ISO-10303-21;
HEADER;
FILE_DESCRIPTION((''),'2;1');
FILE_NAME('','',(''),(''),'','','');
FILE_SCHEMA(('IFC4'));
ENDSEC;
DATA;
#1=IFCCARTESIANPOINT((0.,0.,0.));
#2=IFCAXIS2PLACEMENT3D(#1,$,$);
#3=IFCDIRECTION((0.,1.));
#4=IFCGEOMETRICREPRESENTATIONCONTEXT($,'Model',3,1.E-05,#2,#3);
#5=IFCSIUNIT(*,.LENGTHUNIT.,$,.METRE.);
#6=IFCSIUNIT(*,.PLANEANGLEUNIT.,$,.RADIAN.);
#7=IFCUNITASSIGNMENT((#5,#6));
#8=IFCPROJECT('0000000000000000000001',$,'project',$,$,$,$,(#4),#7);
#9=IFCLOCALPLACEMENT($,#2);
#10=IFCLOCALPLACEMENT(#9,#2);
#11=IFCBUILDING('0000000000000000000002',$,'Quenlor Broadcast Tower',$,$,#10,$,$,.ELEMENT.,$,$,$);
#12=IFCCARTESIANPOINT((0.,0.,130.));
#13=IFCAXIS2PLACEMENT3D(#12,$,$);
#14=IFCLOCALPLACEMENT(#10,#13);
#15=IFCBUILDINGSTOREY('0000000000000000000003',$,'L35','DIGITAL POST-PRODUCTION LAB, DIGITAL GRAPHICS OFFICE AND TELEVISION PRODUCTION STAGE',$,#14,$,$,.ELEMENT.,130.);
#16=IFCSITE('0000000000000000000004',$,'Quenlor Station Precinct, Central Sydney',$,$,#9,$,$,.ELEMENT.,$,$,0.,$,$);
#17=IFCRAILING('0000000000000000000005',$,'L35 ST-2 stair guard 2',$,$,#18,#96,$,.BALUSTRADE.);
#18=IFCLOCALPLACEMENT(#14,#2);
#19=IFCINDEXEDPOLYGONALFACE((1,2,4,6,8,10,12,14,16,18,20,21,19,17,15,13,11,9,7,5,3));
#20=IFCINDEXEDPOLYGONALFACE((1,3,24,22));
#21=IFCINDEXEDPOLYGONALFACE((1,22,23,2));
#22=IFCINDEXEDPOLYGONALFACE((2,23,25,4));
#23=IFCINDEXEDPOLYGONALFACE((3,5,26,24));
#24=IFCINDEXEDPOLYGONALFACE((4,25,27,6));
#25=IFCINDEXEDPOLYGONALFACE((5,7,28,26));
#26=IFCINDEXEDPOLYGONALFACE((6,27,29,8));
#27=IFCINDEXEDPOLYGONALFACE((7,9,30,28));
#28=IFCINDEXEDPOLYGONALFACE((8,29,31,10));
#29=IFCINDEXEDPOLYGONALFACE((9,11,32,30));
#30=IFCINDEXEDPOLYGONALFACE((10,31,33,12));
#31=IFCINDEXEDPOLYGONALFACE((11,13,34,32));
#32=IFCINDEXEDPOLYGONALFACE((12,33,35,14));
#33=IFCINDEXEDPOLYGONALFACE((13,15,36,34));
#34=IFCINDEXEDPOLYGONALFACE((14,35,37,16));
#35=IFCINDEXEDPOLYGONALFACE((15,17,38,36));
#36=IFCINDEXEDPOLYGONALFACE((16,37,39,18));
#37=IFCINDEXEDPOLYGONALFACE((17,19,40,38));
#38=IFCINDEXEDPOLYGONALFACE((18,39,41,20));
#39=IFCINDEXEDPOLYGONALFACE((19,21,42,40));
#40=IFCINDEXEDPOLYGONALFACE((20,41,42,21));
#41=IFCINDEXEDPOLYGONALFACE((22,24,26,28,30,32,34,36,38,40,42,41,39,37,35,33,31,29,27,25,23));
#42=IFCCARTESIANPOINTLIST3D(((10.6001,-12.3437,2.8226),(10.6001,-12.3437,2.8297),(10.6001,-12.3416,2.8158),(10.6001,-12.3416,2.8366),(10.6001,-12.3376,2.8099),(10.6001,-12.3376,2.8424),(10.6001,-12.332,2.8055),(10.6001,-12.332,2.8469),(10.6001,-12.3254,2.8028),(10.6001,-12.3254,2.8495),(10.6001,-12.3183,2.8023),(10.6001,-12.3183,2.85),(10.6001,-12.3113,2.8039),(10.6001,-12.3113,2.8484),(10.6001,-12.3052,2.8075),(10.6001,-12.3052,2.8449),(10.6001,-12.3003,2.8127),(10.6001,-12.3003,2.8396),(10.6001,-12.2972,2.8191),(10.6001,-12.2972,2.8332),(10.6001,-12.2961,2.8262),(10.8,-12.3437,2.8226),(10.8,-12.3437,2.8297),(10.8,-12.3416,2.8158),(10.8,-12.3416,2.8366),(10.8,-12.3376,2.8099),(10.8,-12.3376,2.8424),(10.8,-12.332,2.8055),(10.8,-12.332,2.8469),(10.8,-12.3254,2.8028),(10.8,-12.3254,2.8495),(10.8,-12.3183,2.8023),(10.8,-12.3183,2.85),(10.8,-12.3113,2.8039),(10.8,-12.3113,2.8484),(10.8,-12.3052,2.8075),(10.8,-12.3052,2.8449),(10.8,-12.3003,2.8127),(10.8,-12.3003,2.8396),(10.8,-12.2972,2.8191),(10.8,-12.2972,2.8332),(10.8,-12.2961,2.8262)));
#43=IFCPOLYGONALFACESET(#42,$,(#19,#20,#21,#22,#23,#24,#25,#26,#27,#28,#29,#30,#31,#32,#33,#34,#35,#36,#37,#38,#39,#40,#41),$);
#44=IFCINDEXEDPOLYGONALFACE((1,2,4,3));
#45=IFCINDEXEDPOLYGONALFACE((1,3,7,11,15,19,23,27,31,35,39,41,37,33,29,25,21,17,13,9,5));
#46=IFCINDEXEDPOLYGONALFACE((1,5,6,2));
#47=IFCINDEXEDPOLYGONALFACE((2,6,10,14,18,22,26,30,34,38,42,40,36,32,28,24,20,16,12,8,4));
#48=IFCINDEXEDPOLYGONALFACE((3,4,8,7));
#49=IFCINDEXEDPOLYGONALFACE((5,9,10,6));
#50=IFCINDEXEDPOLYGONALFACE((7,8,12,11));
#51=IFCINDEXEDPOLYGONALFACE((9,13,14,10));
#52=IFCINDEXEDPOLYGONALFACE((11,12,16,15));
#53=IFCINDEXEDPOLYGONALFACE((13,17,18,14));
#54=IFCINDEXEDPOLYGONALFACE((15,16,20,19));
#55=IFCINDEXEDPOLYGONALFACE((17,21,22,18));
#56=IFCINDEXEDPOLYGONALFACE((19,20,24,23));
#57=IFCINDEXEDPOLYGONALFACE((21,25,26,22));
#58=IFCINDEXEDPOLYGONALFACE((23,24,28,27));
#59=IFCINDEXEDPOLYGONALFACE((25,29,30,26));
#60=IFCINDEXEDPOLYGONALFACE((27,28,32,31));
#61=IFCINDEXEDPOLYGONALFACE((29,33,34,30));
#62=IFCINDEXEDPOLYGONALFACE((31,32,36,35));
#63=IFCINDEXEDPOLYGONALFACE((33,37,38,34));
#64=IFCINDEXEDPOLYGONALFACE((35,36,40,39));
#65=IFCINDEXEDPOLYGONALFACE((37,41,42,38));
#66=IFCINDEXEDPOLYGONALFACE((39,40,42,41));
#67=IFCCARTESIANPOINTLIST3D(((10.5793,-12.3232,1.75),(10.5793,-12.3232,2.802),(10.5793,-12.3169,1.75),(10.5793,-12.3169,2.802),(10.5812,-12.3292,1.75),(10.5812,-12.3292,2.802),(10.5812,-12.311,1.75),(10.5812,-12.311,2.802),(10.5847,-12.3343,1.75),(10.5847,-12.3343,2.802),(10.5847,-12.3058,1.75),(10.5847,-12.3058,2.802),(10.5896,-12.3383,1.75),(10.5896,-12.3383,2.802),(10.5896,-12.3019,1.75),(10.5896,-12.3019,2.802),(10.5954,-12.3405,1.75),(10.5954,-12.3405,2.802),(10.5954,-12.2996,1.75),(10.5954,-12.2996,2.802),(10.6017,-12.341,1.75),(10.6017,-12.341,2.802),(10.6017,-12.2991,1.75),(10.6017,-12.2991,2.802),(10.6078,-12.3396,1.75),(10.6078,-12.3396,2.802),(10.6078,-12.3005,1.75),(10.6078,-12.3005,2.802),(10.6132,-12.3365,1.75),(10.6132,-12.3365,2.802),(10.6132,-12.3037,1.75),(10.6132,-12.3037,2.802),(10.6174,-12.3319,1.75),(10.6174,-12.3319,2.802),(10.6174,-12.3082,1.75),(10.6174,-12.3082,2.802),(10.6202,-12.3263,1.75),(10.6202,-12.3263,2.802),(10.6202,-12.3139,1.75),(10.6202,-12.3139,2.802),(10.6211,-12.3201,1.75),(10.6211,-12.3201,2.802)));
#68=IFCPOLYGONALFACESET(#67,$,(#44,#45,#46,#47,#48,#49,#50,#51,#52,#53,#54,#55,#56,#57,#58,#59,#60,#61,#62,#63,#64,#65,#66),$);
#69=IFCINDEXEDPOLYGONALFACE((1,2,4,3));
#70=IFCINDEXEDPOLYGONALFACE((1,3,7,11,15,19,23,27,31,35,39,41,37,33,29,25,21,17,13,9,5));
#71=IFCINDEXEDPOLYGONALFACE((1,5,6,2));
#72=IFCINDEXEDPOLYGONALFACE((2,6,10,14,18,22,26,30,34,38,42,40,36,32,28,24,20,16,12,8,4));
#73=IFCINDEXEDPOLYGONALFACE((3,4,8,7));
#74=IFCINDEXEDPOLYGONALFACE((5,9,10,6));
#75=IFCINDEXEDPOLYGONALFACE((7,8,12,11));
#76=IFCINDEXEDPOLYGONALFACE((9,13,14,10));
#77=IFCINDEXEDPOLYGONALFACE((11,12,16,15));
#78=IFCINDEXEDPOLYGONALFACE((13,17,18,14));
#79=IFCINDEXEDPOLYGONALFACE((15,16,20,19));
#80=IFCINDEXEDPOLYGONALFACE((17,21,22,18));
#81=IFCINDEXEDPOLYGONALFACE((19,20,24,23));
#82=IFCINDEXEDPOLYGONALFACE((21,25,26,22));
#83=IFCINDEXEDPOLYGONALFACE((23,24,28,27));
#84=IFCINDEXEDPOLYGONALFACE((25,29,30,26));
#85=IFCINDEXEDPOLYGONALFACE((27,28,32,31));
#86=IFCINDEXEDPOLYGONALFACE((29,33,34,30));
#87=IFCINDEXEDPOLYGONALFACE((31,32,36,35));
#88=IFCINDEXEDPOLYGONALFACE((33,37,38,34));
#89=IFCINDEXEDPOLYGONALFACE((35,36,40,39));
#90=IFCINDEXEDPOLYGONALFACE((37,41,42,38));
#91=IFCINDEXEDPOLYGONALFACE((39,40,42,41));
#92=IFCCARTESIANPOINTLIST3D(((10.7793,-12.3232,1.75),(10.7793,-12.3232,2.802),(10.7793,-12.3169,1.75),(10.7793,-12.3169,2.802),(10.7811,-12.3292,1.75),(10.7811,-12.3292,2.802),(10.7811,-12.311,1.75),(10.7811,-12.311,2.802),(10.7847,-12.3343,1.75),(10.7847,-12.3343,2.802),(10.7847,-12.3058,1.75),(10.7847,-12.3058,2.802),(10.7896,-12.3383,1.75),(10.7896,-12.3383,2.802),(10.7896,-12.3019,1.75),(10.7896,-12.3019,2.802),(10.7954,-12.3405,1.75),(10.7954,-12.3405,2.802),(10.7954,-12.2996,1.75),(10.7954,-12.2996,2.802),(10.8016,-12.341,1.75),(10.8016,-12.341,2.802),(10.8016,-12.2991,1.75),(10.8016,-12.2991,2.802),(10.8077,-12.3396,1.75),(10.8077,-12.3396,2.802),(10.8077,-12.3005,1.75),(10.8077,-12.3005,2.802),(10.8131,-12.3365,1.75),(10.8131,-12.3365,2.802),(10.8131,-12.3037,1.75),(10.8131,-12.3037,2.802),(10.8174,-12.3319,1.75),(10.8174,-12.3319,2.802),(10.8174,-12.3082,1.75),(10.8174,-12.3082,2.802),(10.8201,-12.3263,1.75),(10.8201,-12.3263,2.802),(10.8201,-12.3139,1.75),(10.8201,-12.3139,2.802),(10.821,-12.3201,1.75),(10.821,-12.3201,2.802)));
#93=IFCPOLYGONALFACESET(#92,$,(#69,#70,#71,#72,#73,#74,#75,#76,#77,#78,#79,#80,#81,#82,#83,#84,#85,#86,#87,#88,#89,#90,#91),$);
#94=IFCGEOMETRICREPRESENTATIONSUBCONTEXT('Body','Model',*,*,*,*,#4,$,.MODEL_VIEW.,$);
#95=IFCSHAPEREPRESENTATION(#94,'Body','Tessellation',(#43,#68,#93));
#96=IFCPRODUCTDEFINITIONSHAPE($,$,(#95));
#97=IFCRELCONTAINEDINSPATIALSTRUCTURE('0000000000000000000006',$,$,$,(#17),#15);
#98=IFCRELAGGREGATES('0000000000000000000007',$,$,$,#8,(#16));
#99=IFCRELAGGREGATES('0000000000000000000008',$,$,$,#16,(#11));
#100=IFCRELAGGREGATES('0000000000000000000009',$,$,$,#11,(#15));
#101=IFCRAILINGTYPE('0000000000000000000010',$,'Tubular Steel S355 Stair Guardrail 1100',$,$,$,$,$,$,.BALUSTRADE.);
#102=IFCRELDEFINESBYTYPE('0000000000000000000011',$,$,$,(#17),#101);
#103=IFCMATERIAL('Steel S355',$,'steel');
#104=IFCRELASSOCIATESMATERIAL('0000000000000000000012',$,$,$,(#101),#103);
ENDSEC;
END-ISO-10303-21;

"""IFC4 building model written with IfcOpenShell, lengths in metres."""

from ifc_helpers import new_model, si_unit, direction, frame, origin, origin_2d, place, context, subcontext, project, spatial, circle, extrude, material, type_object, element, save


model = new_model("IFC4")

# Units and contexts
model_context = context("Model", 3, precision=1e-05, world=origin(), true_north=direction((0.0, 1.0)))
body_context = subcontext(model_context, "Body", "Model", "MODEL_VIEW")
ifc_project = project(units=[si_unit("LENGTHUNIT", "METRE"), si_unit("PLANEANGLEUNIT", "RADIAN")], contexts=[model_context])

# Site, building, storey
site_placement = place(None, origin())
site = spatial("IfcSite", under=ifc_project, at=site_placement, Name="Quenlor Station Precinct, Central Sydney", CompositionType="ELEMENT", RefElevation=0.0)
building_placement = place(site_placement, origin())
building = spatial("IfcBuilding", under=site, at=building_placement, Name="Quenlor Broadcast Tower", CompositionType="ELEMENT")
storey_placement = place(building_placement, frame((0.0, 0.0, 130.0)))
storey = spatial("IfcBuildingStorey", under=building, at=storey_placement, Name="L35", Description="DIGITAL POST-PRODUCTION LAB, DIGITAL GRAPHICS OFFICE AND TELEVISION PRODUCTION STAGE", CompositionType="ELEMENT", Elevation=130.0)

# Railing
ifc_material_1 = material(Name="Steel S355", Category="steel")
railing_type_1 = type_object("IfcRailingType", Name="Tubular Steel S355 Stair Guardrail 1100", PredefinedType="BALUSTRADE", material=ifc_material_1)
railing_1_placement = place(storey_placement, frame((10.6001, -12.3201, 1.75)))
element("IfcRailing", 1, at=railing_1_placement, inside=storey, type_object=railing_type_1, Name="L35 ST-2 stair guard 2", PredefinedType="BALUSTRADE", context=body_context, shape_type="SweptSolid", body=[
    extrude(circle(Radius=0.0239, at=origin_2d()), frame((0.0, 0.0, 1.0762), z_axis=(1.0, 0.0, 0.0), x_axis=(0.0, 1.0, 0.0)), (0.0, 0.0, 1.0), 0.2),
    extrude(circle(Radius=0.021, at=origin_2d()), origin(), (0.0, 0.0, 1.0), 1.052),
    extrude(circle(Radius=0.021, at=origin_2d()), frame((0.2, 0.0, 0.0)), (0.0, 0.0, 1.0), 1.052),
])

save(model, "model.ifc")
